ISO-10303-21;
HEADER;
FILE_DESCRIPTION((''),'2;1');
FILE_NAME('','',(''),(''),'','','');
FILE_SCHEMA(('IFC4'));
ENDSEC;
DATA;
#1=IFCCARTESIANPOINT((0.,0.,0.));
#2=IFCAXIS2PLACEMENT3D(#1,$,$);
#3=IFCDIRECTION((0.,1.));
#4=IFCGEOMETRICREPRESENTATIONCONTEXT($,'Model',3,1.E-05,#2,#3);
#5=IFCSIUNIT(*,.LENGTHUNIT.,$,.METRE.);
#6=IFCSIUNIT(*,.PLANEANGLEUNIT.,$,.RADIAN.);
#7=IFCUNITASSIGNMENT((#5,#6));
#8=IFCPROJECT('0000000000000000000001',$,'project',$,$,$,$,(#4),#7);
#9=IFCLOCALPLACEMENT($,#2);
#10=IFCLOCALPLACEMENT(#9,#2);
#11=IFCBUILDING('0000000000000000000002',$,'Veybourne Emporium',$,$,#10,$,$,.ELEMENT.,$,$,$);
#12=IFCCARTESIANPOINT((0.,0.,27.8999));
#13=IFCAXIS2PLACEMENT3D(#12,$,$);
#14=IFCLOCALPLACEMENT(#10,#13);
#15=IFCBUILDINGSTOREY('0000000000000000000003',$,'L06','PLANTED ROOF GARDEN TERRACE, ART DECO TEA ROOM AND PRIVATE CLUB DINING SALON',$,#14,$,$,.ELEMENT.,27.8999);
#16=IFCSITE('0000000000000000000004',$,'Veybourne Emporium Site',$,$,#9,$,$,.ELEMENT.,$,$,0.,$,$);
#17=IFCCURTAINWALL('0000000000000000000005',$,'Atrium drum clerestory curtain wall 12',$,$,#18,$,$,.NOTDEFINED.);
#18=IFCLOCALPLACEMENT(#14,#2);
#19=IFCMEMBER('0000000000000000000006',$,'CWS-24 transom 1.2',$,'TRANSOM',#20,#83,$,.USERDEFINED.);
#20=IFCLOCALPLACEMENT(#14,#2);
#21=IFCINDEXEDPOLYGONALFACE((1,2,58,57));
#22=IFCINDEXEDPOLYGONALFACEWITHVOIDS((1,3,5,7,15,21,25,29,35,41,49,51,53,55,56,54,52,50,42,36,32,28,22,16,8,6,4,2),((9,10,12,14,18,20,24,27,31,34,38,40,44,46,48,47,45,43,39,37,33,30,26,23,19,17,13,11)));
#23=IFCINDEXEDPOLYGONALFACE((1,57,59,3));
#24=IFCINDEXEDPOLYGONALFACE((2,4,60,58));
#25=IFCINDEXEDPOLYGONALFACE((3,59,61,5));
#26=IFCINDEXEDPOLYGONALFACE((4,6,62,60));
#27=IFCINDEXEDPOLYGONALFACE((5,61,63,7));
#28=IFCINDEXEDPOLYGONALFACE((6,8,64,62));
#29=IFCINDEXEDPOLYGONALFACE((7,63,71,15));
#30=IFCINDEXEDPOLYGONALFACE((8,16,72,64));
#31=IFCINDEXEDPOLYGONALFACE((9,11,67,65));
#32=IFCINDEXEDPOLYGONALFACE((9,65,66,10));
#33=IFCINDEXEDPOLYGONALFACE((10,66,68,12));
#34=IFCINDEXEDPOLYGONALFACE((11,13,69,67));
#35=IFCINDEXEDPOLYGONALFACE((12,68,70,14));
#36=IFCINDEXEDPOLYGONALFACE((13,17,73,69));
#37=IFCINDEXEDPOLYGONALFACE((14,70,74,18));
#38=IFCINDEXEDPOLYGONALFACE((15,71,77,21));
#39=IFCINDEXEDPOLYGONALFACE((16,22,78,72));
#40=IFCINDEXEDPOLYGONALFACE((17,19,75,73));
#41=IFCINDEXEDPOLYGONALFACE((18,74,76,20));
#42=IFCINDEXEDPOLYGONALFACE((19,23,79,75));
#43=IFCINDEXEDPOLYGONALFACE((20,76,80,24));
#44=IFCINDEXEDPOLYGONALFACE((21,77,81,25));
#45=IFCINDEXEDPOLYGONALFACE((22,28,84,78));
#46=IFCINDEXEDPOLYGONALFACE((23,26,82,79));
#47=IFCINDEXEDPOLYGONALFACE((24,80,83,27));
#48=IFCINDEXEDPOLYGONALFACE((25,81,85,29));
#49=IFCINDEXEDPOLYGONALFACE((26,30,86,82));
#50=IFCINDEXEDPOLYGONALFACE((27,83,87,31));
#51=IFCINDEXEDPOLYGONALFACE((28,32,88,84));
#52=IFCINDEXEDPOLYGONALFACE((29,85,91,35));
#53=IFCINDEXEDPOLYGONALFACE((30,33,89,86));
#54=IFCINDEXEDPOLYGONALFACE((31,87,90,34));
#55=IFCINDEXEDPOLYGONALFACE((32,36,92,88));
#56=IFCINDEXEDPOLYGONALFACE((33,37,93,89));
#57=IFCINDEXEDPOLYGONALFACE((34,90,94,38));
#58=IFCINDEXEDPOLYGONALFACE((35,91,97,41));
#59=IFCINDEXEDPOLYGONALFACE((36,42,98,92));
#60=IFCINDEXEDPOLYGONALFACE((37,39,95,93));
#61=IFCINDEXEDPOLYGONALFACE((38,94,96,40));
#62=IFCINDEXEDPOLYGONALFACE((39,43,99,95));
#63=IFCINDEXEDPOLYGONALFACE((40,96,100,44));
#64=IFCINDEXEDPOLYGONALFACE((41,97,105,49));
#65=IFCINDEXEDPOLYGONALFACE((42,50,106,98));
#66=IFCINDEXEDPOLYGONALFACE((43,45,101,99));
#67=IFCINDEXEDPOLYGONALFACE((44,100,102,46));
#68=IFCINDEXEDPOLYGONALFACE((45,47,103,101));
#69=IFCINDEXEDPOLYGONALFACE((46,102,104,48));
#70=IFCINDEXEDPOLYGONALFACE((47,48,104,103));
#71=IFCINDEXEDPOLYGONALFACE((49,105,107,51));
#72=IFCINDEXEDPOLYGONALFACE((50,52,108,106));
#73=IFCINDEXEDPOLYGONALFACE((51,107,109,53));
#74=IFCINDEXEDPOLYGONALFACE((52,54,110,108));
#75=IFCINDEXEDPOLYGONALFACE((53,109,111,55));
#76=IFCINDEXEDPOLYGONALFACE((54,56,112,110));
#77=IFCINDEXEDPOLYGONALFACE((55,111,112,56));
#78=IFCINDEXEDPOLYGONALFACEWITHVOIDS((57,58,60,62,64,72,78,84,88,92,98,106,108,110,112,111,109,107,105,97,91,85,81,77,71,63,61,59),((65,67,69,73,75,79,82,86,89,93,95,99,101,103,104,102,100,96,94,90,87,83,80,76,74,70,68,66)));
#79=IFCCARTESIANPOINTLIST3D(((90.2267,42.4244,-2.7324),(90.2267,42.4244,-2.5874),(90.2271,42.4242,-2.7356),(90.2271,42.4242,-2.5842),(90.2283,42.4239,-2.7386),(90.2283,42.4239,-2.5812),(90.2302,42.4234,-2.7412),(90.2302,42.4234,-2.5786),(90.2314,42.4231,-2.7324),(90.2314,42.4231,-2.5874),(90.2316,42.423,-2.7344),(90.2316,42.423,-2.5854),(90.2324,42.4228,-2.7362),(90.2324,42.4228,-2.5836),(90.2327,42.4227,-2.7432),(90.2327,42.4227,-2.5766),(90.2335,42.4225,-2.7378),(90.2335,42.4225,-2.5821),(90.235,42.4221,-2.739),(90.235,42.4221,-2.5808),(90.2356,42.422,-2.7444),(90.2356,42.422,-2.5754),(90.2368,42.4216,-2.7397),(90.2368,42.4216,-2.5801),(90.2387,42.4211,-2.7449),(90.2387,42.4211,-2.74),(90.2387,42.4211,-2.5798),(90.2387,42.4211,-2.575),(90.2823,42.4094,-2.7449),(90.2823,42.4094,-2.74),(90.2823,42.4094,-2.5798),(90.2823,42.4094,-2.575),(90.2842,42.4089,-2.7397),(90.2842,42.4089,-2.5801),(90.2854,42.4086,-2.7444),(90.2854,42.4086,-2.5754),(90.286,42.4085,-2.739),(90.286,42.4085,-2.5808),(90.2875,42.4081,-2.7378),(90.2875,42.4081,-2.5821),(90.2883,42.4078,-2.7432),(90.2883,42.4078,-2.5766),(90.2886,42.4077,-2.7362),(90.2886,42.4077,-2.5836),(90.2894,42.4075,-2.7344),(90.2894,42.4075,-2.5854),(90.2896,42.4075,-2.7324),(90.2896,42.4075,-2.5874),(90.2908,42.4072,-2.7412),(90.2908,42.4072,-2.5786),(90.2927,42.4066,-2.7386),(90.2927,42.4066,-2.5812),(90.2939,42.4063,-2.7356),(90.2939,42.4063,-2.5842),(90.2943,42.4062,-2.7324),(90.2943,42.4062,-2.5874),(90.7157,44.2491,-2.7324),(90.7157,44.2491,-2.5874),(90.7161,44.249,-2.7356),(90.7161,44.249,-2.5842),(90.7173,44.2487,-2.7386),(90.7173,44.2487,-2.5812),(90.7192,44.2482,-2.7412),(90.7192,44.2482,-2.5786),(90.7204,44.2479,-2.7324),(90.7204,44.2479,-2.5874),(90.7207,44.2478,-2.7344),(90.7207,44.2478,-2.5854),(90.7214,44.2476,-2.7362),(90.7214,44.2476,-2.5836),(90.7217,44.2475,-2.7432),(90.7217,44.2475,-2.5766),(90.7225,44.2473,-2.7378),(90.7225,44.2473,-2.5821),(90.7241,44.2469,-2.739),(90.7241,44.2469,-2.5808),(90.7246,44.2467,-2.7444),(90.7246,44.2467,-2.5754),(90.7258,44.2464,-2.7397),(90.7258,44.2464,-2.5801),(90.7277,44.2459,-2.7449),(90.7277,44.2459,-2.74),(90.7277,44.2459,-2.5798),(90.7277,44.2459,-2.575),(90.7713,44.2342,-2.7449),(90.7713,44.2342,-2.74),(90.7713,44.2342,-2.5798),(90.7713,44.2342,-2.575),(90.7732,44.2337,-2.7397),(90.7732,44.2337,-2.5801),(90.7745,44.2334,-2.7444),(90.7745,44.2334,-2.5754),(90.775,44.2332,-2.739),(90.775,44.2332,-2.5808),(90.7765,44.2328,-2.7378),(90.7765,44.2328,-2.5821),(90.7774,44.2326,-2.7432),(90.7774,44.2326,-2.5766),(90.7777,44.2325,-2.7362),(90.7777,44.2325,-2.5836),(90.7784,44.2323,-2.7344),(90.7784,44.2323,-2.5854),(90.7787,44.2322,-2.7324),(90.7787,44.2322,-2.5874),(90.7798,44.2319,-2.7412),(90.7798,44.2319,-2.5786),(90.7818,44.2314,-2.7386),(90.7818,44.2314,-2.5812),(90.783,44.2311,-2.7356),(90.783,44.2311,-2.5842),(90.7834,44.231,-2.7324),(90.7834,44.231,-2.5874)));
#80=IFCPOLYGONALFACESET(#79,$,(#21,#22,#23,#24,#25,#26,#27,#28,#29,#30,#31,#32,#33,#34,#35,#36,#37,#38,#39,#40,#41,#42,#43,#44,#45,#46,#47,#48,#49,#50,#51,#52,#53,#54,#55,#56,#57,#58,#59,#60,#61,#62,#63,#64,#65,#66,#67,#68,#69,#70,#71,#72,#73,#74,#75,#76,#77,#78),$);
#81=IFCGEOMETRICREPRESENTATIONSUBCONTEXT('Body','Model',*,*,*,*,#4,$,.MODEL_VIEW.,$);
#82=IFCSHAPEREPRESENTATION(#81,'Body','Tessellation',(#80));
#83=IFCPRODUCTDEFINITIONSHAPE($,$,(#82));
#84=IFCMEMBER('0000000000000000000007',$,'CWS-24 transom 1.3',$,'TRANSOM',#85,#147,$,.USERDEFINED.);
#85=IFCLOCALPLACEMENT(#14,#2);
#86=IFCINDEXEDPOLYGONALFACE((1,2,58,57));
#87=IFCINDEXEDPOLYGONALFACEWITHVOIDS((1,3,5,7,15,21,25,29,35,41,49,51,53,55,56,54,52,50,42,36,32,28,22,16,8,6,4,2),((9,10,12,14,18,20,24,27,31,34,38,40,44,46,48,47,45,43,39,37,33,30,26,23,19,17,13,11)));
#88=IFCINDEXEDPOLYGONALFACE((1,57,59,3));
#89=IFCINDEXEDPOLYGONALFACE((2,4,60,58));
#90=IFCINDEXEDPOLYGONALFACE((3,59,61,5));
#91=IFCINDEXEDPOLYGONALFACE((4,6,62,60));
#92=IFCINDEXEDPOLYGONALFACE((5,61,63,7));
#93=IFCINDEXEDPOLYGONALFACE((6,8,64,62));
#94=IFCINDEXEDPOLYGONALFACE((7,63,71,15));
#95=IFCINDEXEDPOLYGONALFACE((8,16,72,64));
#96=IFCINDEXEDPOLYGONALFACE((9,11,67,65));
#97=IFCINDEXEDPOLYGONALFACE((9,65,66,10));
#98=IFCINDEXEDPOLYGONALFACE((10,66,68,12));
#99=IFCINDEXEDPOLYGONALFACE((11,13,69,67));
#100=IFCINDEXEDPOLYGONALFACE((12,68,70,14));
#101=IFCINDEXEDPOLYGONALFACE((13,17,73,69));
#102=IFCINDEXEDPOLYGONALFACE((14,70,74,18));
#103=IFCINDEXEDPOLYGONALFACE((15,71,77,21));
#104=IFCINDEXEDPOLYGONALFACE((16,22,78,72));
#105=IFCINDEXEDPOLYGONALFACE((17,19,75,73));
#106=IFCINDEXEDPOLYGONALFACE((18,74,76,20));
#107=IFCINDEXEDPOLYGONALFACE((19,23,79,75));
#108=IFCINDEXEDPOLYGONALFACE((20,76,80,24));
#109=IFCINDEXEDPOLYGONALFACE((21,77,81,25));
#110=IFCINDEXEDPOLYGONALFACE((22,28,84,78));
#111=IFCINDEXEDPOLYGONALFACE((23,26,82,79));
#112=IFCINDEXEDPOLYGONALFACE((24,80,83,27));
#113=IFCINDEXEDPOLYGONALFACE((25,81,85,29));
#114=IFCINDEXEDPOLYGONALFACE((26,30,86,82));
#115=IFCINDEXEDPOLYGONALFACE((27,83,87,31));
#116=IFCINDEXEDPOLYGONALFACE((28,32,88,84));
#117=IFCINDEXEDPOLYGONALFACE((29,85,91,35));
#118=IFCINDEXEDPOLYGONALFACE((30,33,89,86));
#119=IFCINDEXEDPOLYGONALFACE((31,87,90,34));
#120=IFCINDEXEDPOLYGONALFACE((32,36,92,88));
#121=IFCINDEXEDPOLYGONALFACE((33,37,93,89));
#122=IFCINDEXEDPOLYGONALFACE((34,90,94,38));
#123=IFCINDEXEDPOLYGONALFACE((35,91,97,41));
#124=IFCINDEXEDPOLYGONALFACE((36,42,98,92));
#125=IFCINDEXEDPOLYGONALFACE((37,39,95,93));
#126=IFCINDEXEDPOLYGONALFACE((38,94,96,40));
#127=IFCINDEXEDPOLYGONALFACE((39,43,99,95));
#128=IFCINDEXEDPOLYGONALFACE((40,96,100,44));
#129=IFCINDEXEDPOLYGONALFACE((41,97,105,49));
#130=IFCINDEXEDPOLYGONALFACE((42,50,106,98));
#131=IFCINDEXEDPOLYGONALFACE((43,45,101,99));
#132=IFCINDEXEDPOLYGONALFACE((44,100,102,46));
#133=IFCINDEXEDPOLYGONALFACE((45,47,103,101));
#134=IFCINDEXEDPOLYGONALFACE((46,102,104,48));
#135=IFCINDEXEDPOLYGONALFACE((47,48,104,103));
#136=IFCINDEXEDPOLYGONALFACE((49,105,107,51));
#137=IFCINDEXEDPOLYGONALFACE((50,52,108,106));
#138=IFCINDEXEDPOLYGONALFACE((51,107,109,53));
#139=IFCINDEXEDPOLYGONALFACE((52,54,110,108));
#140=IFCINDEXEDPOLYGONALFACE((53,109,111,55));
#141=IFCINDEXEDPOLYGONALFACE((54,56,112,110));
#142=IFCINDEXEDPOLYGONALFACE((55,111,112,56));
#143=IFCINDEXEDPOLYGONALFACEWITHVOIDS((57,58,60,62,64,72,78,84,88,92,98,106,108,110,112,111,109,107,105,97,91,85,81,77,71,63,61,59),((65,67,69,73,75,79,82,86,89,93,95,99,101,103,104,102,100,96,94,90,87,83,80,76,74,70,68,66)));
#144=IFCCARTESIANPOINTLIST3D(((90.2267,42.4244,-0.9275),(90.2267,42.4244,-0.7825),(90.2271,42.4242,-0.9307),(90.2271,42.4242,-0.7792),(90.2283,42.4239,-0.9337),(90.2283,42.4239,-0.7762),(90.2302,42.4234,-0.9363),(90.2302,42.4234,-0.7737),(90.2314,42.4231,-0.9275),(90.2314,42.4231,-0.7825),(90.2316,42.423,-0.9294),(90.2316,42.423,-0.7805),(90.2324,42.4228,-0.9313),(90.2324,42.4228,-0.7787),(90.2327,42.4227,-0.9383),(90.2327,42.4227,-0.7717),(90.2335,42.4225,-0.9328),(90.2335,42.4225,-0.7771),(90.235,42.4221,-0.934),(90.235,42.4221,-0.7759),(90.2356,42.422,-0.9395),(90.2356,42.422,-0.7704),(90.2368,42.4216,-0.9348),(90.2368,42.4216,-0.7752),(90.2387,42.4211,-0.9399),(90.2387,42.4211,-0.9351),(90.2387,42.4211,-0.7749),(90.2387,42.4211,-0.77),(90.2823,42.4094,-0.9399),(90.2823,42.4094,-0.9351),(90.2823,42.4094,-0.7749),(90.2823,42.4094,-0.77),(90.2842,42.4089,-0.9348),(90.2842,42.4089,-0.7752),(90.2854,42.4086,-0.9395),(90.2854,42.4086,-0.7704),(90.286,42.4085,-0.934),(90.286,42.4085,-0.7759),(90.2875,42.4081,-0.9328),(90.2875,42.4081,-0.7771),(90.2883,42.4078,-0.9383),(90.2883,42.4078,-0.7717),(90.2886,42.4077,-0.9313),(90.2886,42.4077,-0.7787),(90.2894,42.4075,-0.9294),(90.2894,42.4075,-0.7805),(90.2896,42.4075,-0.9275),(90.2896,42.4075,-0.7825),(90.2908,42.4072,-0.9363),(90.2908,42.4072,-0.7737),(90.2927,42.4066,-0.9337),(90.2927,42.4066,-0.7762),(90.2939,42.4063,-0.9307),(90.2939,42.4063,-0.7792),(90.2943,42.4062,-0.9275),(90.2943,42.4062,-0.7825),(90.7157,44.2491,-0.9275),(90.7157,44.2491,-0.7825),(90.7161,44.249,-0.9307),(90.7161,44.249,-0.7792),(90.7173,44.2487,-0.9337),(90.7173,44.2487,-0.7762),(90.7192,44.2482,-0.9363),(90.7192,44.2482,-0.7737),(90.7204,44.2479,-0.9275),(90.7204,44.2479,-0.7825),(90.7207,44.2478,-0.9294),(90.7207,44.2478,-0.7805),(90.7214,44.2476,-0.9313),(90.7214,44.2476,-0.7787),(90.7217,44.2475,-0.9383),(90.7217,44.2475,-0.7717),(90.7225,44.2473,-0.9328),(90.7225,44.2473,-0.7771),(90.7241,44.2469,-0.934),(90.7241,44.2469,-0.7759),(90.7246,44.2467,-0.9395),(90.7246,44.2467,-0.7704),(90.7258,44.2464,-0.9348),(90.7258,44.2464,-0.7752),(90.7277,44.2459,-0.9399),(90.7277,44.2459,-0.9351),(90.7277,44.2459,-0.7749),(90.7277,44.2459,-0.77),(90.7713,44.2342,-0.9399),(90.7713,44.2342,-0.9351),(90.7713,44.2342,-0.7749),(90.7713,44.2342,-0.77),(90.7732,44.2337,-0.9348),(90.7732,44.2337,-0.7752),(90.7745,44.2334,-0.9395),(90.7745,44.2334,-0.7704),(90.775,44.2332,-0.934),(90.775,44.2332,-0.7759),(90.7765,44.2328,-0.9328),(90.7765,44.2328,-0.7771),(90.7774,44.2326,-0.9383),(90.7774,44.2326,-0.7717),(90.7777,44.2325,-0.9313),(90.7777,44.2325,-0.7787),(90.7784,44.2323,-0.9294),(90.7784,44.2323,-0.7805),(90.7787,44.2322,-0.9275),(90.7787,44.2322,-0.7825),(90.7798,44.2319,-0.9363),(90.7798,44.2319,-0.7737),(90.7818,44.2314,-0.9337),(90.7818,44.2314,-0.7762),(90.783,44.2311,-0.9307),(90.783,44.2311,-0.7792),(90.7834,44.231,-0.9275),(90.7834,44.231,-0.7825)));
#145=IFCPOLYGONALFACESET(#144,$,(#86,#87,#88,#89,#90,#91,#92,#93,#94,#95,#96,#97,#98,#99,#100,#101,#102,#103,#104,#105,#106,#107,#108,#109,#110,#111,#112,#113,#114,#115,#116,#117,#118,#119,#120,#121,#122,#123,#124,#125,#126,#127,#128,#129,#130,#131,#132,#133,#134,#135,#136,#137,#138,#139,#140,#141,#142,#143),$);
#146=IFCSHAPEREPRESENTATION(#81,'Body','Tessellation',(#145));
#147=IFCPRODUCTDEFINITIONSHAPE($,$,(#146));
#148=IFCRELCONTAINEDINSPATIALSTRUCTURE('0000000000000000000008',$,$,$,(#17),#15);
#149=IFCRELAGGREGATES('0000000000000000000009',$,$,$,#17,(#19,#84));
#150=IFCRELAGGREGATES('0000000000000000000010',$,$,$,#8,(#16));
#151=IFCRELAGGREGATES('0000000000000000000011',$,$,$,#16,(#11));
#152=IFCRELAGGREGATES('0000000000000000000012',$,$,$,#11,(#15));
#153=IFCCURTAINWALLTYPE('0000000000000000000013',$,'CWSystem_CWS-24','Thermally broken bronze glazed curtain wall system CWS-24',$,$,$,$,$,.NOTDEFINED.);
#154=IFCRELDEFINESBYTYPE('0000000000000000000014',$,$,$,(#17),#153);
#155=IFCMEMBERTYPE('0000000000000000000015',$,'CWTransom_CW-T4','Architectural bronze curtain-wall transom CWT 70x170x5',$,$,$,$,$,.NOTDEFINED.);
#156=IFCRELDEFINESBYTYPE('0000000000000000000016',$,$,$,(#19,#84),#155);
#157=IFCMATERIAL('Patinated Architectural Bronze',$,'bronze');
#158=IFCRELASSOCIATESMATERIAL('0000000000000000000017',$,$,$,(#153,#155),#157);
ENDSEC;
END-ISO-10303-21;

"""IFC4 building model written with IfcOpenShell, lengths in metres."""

from ifc_helpers import new_model, si_unit, direction, frame, origin, origin_2d, place, context, subcontext, project, spatial, hollow_rectangle, extrude, material, material_profile, profile_set, type_object, element, aggregate, save


model = new_model("IFC4")

# Units and contexts
model_context = context("Model", 3, precision=1e-05, world=origin(), true_north=direction((0.0, 1.0)))
body_context = subcontext(model_context, "Body", "Model", "MODEL_VIEW")
ifc_project = project(units=[si_unit("LENGTHUNIT", "METRE"), si_unit("PLANEANGLEUNIT", "RADIAN")], contexts=[model_context])

# Site, building, storey
site_placement = place(None, origin())
site = spatial("IfcSite", under=ifc_project, at=site_placement, Name="Veybourne Emporium Site", CompositionType="ELEMENT", RefElevation=0.0)
building_placement = place(site_placement, origin())
building = spatial("IfcBuilding", under=site, at=building_placement, Name="Veybourne Emporium", CompositionType="ELEMENT")
storey_placement = place(building_placement, frame((0.0, 0.0, 27.8999)))
storey = spatial("IfcBuildingStorey", under=building, at=storey_placement, Name="L06", Description="PLANTED ROOF GARDEN TERRACE, ART DECO TEA ROOM AND PRIVATE CLUB DINING SALON", CompositionType="ELEMENT", Elevation=27.8999)

# Shared definitions
ifc_material_1 = material(Name="Patinated Architectural Bronze", Category="bronze")

# Curtain wall
curtain_wall_type_1 = type_object("IfcCurtainWallType", Name="CWSystem_CWS-24", Description="Thermally broken bronze glazed curtain wall system CWS-24", PredefinedType="NOTDEFINED", material=ifc_material_1)
curtain_wall_1_placement = place(storey_placement, origin())
curtain_wall_1 = element("IfcCurtainWall", 1, at=curtain_wall_1_placement, inside=storey, type_object=curtain_wall_type_1, Name="Atrium drum clerestory curtain wall 12", PredefinedType="NOTDEFINED")

# Members
ifc_material_profile_1 = material_profile(ifc_material_1, hollow_rectangle(XDim=0.0701, YDim=0.1699, WallThickness=0.0049, InnerFilletRadius=0.0076, OuterFilletRadius=0.0125, at=origin_2d()), Name="CWT 70x170x5")
ifc_profile_set_1 = profile_set([ifc_material_profile_1], Name="Patinated Architectural Bronze")
member_type_1 = type_object("IfcMemberType", Name="CWTransom_CW-T4", Description="Architectural bronze curtain-wall transom CWT 70x170x5", PredefinedType="NOTDEFINED", material=ifc_profile_set_1)
member_1_placement = place(storey_placement, frame((90.2605, 42.4153, -2.6599), z_axis=(0.258861, 0.965915, 0.0), x_axis=(-0.965915, 0.258861, 0.0)))
member_1 = element("IfcMember", 2, at=member_1_placement, type_object=member_type_1, Name="CWS-24 transom 1.2", ObjectType="TRANSOM", PredefinedType="USERDEFINED", context=body_context, shape_type="SweptSolid", body=[
    extrude(hollow_rectangle(XDim=0.0701, YDim=0.1699, WallThickness=0.0049, InnerFilletRadius=0.0076, OuterFilletRadius=0.0125, at=origin_2d()), origin(), (0.0, 0.0, 1.0), 1.8892),
])
member_2_placement = place(storey_placement, frame((90.2605, 42.4153, -0.855), z_axis=(0.258861, 0.965915, 0.0), x_axis=(-0.965915, 0.258861, 0.0)))
member_2 = element("IfcMember", 3, at=member_2_placement, type_object=member_type_1, Name="CWS-24 transom 1.3", ObjectType="TRANSOM", PredefinedType="USERDEFINED", context=body_context, shape_type="SweptSolid", body=[
    extrude(hollow_rectangle(XDim=0.0701, YDim=0.1699, WallThickness=0.0049, InnerFilletRadius=0.0076, OuterFilletRadius=0.0125, at=origin_2d()), origin(), (0.0, 0.0, 1.0), 1.8892),
])

aggregate(curtain_wall_1, [member_1, member_2])

save(model, "model.ifc")
